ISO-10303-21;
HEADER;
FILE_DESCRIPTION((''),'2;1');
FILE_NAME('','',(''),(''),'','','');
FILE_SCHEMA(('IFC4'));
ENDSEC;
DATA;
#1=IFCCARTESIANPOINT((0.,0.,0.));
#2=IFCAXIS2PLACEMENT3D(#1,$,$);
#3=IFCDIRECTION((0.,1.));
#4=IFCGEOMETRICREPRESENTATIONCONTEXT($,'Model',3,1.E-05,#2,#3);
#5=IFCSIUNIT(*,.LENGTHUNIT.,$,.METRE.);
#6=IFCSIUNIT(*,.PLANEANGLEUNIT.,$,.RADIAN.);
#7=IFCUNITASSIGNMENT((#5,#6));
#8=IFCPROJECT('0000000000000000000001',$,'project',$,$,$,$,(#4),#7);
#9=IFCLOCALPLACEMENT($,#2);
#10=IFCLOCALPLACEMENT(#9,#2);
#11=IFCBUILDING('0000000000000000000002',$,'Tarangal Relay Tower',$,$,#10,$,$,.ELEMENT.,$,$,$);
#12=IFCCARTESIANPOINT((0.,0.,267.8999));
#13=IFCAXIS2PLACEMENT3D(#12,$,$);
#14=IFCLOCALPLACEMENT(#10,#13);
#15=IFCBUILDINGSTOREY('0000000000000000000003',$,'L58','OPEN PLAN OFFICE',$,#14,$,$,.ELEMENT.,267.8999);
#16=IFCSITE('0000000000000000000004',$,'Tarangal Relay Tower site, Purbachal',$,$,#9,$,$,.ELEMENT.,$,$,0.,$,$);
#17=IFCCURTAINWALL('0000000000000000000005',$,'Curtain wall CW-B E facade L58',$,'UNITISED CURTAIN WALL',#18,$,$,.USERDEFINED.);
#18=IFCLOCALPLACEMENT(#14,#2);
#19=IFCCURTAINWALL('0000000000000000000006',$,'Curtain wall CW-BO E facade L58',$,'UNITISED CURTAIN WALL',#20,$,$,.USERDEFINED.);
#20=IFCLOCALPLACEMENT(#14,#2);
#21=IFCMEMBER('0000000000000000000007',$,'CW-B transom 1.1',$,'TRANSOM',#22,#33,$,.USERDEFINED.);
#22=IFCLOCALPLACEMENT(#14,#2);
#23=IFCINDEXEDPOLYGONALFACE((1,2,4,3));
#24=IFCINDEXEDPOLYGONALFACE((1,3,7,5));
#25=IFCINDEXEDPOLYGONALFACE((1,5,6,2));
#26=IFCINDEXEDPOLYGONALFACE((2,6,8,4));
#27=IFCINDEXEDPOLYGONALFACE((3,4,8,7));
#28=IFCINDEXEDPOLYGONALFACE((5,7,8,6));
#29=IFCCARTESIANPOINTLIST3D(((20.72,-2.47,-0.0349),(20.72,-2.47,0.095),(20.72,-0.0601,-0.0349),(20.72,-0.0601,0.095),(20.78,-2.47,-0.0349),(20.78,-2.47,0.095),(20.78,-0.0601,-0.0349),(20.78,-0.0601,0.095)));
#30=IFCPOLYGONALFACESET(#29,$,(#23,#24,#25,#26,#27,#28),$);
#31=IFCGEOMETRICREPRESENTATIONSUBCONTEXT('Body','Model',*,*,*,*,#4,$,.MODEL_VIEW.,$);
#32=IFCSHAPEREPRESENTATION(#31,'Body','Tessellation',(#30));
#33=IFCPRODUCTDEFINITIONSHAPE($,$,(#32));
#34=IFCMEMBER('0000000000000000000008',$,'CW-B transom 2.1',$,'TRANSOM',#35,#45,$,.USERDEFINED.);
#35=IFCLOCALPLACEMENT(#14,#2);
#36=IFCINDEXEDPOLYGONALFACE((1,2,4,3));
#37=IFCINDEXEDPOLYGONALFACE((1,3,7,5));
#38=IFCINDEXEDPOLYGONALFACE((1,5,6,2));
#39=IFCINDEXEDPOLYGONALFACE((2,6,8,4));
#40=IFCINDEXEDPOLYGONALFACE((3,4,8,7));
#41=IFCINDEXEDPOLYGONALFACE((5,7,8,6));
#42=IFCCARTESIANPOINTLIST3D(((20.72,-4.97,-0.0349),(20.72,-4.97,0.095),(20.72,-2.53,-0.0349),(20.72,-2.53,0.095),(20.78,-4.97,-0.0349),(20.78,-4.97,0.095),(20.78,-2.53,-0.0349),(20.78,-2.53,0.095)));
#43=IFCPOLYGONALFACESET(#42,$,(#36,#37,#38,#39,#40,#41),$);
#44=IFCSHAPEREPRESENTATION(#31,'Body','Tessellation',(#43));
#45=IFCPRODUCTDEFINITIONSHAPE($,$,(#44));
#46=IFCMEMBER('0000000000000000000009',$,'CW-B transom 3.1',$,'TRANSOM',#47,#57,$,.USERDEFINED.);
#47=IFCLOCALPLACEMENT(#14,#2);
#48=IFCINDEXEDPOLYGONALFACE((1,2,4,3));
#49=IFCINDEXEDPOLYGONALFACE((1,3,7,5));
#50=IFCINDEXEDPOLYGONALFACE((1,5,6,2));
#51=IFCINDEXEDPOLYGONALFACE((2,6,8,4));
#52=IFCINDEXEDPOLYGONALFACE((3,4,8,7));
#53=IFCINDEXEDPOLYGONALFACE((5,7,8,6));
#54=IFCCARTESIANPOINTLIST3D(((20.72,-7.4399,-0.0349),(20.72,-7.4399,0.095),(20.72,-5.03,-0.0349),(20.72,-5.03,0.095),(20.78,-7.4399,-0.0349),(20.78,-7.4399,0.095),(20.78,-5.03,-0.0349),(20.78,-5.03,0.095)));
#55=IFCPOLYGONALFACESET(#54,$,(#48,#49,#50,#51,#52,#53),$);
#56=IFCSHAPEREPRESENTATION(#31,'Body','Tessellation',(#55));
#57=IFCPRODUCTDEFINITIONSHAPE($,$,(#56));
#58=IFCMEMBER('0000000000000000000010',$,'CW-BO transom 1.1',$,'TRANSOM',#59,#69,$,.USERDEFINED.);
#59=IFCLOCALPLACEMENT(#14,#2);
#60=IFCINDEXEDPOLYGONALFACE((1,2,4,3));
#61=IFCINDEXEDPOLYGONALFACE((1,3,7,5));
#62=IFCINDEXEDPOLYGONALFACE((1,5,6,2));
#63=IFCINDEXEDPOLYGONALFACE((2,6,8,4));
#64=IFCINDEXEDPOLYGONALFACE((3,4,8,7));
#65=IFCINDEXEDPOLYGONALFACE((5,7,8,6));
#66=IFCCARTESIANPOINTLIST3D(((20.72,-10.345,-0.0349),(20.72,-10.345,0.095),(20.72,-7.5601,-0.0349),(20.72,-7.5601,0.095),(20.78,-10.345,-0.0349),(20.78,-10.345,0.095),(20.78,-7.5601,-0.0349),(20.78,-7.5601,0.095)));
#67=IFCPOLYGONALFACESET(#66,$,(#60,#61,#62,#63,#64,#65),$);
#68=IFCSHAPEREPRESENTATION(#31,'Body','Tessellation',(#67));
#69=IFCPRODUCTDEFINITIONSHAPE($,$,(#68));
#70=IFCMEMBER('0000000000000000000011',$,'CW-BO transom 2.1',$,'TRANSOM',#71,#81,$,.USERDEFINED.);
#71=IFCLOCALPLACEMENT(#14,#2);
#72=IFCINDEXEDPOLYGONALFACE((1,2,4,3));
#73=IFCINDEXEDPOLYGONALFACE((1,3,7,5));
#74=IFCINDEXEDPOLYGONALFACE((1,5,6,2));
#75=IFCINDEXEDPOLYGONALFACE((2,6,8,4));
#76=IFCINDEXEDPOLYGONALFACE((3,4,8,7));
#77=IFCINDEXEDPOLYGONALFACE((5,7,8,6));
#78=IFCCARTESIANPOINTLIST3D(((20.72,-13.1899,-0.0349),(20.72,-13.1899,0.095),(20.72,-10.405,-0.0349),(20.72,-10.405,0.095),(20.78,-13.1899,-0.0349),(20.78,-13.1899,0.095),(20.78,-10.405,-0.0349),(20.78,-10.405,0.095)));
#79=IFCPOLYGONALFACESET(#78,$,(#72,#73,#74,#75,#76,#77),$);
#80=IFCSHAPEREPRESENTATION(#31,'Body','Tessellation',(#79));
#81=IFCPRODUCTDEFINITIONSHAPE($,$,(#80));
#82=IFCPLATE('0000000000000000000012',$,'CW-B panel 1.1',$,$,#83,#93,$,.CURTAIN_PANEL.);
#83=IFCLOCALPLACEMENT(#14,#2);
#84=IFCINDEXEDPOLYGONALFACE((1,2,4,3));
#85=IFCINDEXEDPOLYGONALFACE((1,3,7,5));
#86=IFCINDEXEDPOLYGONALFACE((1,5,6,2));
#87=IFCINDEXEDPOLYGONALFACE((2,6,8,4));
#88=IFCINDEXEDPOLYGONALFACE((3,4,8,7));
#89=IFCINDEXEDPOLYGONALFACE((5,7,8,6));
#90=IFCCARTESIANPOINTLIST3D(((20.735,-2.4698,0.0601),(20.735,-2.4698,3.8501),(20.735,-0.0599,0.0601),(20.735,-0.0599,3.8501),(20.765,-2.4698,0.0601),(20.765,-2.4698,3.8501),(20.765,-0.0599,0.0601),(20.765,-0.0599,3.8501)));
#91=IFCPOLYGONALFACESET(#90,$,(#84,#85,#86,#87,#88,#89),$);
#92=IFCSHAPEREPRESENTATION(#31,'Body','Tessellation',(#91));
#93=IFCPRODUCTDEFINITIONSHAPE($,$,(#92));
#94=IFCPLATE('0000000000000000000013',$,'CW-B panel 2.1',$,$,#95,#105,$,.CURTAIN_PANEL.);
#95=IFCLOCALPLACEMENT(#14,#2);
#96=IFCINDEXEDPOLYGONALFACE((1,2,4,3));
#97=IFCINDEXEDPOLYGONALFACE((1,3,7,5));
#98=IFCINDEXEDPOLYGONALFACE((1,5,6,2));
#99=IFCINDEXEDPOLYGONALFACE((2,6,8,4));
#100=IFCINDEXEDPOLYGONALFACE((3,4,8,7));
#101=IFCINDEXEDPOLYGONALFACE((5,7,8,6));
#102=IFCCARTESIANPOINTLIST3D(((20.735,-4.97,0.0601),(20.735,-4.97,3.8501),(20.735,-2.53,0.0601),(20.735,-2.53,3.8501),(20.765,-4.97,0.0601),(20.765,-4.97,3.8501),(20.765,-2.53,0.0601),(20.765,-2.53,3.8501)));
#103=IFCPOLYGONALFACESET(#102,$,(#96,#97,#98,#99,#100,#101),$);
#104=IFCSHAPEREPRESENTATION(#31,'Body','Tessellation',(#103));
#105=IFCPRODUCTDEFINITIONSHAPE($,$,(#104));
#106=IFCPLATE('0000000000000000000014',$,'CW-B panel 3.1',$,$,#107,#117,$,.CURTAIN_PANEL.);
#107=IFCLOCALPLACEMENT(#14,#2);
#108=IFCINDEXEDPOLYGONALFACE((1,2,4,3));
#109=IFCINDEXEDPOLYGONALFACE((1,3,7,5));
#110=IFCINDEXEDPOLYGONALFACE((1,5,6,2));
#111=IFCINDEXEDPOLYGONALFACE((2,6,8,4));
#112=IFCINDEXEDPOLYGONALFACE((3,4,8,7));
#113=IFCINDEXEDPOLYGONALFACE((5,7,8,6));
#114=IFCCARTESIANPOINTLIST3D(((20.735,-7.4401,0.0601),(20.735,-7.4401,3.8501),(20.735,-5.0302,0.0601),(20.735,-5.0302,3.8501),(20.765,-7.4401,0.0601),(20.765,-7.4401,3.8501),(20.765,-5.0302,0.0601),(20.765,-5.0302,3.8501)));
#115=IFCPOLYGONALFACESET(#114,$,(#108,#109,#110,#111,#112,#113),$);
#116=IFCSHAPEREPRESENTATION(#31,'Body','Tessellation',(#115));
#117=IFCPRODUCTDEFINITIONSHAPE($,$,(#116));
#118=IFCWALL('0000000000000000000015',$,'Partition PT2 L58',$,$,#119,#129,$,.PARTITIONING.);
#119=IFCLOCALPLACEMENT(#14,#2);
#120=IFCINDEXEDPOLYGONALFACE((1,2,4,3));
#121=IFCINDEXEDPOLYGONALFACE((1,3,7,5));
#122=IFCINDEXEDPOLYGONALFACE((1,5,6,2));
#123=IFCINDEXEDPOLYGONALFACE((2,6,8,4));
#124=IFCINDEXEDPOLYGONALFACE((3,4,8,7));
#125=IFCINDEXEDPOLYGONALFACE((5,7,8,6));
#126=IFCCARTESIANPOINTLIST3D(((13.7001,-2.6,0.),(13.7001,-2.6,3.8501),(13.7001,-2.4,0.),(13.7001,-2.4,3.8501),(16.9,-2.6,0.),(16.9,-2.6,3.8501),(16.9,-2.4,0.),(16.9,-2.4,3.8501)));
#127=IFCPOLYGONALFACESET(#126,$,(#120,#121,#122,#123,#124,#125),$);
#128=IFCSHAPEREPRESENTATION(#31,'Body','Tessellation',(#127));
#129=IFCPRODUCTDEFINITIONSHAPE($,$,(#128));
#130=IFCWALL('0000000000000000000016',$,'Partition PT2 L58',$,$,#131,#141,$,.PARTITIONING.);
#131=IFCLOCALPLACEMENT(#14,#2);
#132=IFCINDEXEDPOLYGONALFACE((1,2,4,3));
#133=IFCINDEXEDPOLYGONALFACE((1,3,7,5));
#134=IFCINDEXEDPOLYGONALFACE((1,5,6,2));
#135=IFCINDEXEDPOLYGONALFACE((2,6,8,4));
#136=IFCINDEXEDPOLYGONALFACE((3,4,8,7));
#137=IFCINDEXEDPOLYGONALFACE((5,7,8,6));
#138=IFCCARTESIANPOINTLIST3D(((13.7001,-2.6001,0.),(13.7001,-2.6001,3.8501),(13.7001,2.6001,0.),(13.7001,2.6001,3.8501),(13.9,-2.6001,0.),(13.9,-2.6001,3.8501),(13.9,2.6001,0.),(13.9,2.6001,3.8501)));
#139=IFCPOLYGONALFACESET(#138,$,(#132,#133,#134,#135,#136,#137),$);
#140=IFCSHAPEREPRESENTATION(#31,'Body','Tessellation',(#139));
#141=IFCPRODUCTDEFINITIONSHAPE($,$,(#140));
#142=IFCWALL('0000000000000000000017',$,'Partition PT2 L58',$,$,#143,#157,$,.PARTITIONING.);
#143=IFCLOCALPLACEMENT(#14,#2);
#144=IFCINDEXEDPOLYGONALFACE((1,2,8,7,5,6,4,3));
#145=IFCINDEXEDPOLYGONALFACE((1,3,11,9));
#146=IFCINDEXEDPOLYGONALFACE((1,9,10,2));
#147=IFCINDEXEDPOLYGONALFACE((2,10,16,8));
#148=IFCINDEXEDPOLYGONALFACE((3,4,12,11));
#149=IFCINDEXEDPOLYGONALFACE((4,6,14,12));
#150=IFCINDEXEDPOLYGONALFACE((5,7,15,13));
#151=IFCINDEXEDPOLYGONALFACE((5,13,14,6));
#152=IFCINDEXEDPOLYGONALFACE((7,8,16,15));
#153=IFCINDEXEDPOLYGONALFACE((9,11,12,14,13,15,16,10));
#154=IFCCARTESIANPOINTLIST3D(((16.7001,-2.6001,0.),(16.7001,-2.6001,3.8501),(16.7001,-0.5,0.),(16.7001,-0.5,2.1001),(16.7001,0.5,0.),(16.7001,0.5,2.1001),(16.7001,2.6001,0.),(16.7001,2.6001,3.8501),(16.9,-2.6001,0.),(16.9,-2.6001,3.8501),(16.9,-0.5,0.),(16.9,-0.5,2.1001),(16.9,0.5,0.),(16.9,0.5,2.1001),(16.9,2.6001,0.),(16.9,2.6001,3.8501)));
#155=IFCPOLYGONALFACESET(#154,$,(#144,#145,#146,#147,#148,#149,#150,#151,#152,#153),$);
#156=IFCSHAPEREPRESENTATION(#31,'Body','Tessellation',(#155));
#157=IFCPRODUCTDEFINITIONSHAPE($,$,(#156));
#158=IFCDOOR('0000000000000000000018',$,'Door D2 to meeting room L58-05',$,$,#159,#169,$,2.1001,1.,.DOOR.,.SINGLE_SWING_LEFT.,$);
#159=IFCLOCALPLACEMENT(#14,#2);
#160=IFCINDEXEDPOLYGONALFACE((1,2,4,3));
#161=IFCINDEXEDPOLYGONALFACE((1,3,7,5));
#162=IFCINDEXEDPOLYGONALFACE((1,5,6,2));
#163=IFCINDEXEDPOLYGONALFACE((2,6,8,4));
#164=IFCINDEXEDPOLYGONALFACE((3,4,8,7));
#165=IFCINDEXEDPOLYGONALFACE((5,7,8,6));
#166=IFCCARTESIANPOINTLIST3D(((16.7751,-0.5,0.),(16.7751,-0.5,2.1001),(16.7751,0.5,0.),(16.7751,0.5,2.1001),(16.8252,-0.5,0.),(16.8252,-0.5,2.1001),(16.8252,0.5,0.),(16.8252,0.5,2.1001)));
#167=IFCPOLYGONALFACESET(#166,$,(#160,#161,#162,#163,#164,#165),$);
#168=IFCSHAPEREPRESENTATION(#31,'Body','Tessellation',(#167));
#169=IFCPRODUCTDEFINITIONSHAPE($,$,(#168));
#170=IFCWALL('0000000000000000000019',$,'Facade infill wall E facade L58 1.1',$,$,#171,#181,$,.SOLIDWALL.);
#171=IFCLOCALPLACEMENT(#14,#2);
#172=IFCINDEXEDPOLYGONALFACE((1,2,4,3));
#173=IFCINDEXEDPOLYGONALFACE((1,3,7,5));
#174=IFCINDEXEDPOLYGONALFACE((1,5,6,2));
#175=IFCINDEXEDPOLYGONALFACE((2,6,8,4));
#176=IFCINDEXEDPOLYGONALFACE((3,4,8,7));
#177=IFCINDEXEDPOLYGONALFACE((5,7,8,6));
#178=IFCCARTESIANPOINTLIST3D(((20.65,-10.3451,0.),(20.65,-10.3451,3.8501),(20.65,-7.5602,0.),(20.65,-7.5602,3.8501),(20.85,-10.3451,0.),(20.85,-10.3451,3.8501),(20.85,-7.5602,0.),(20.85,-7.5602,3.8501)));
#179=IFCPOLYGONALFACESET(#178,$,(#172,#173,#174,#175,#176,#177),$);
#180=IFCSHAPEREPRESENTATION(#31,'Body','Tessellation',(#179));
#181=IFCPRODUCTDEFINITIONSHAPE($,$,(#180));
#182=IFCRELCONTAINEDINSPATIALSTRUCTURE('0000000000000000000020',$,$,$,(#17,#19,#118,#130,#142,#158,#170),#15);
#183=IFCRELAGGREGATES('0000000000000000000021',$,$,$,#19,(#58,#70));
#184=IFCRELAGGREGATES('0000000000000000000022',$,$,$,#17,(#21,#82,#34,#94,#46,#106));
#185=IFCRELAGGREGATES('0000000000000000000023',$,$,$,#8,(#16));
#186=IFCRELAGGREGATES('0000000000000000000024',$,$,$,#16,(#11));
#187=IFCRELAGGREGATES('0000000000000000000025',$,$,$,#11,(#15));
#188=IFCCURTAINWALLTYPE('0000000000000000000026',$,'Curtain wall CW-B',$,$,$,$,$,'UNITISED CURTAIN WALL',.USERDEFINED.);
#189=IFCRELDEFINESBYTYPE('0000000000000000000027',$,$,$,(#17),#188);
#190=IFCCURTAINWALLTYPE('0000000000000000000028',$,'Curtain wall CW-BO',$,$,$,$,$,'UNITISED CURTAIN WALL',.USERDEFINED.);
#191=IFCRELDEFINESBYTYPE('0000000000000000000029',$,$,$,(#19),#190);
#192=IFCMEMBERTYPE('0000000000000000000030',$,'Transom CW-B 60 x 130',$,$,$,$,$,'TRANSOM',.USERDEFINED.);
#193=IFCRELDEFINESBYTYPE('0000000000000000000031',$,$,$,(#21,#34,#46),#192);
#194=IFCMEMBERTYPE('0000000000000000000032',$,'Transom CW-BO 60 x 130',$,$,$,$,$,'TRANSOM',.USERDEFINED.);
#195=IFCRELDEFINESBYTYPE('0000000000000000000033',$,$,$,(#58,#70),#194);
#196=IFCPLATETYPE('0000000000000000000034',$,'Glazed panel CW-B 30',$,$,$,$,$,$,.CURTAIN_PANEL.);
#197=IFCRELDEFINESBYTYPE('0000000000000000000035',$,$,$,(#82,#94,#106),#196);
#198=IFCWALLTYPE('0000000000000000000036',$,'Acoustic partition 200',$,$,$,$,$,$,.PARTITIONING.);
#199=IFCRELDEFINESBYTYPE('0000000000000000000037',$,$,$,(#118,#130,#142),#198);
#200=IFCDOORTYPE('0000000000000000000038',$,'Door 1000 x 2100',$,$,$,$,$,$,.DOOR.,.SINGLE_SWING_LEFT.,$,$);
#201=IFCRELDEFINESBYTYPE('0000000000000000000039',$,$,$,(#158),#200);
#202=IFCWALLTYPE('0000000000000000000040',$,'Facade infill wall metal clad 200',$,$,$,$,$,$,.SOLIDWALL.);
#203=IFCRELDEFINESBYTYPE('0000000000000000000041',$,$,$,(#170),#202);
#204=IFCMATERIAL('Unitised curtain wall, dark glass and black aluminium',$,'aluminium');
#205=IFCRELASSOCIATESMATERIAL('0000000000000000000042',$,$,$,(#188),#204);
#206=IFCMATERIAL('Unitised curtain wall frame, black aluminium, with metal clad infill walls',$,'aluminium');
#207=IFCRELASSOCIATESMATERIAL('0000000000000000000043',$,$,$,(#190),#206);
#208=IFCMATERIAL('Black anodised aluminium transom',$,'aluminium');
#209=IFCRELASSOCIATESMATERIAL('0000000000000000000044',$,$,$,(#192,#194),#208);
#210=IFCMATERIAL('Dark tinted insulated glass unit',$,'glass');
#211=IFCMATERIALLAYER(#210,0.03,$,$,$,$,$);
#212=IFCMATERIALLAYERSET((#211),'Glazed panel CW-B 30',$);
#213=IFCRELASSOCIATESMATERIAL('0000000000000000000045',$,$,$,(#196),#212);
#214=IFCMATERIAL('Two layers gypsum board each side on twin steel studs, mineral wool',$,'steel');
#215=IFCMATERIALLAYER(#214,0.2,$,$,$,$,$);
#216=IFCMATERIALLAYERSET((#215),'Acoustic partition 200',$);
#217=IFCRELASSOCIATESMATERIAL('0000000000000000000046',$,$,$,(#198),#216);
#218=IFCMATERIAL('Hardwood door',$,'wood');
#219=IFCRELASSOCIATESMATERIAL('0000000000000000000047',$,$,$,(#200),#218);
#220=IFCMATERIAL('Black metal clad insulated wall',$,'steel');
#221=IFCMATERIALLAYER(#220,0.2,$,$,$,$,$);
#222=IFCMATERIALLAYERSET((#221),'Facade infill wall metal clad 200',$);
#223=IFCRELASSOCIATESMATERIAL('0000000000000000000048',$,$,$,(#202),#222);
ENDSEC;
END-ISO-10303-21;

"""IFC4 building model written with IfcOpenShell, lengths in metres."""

from ifc_helpers import new_model, si_unit, direction, frame, frame_2d, origin, origin_2d, place, context, subcontext, project, spatial, rectangle, extrude, material, layer, layer_set, material_profile, profile_set, type_object, element, fill, aggregate, save


model = new_model("IFC4")

# Units and contexts
model_context = context("Model", 3, precision=1e-05, world=origin(), true_north=direction((0.0, 1.0)))
body_context = subcontext(model_context, "Body", "Model", "MODEL_VIEW")
ifc_project = project(units=[si_unit("LENGTHUNIT", "METRE"), si_unit("PLANEANGLEUNIT", "RADIAN")], contexts=[model_context])

# Site, building, storey
site_placement = place(None, origin())
site = spatial("IfcSite", under=ifc_project, at=site_placement, Name="Tarangal Relay Tower site, Purbachal", CompositionType="ELEMENT", RefElevation=0.0)
building_placement = place(site_placement, origin())
building = spatial("IfcBuilding", under=site, at=building_placement, Name="Tarangal Relay Tower", CompositionType="ELEMENT")
storey_placement = place(building_placement, frame((0.0, 0.0, 267.8999)))
storey = spatial("IfcBuildingStorey", under=building, at=storey_placement, Name="L58", Description="OPEN PLAN OFFICE", CompositionType="ELEMENT", Elevation=267.8999)

# Curtain walls
ifc_material_1 = material(Name="Unitised curtain wall, dark glass and black aluminium", Category="aluminium")
curtain_wall_type_1 = type_object("IfcCurtainWallType", Name="Curtain wall CW-B", ElementType="UNITISED CURTAIN WALL", PredefinedType="USERDEFINED", material=ifc_material_1)
curtain_wall_1_placement = place(storey_placement, origin())
curtain_wall_1 = element("IfcCurtainWall", 1, at=curtain_wall_1_placement, inside=storey, type_object=curtain_wall_type_1, Name="Curtain wall CW-B E facade L58", ObjectType="UNITISED CURTAIN WALL", PredefinedType="USERDEFINED")
ifc_material_2 = material(Name="Unitised curtain wall frame, black aluminium, with metal clad infill walls", Category="aluminium")
curtain_wall_type_2 = type_object("IfcCurtainWallType", Name="Curtain wall CW-BO", ElementType="UNITISED CURTAIN WALL", PredefinedType="USERDEFINED", material=ifc_material_2)
curtain_wall_2_placement = place(storey_placement, origin())
curtain_wall_2 = element("IfcCurtainWall", 2, at=curtain_wall_2_placement, inside=storey, type_object=curtain_wall_type_2, Name="Curtain wall CW-BO E facade L58", ObjectType="UNITISED CURTAIN WALL", PredefinedType="USERDEFINED")

# Members
ifc_material_3 = material(Name="Black anodised aluminium transom", Category="aluminium")
ifc_material_profile_1 = material_profile(ifc_material_3, rectangle(XDim=0.0601, YDim=0.1299, at=origin_2d()), Name="CW-BT 60X130")
ifc_profile_set_1 = profile_set([ifc_material_profile_1], Name="Black anodised aluminium transom")
member_type_1 = type_object("IfcMemberType", Name="Transom CW-B 60 x 130", ElementType="TRANSOM", PredefinedType="USERDEFINED", material=ifc_profile_set_1)
member_1_placement = place(storey_placement, frame((20.75, -0.0601, 0.03), z_axis=(0.0, -1.0, 0.0), x_axis=(1.0, 0.0, 0.0)))
member_1 = element("IfcMember", 3, at=member_1_placement, type_object=member_type_1, Name="CW-B transom 1.1", ObjectType="TRANSOM", PredefinedType="USERDEFINED", context=body_context, shape_type="SweptSolid", body=[
    extrude(rectangle(XDim=0.0601, YDim=0.1299, at=origin_2d()), origin(), (0.0, 0.0, 1.0), 2.4099),
])
member_2_placement = place(storey_placement, frame((20.75, -2.53, 0.03), z_axis=(0.0, -1.0, 0.0), x_axis=(1.0, 0.0, 0.0)))
member_2 = element("IfcMember", 4, at=member_2_placement, type_object=member_type_1, Name="CW-B transom 2.1", ObjectType="TRANSOM", PredefinedType="USERDEFINED", context=body_context, shape_type="SweptSolid", body=[
    extrude(rectangle(XDim=0.0601, YDim=0.1299, at=origin_2d()), origin(), (0.0, 0.0, 1.0), 2.4399),
])
member_3_placement = place(storey_placement, frame((20.75, -5.03, 0.03), z_axis=(0.0, -1.0, 0.0), x_axis=(1.0, 0.0, 0.0)))
member_3 = element("IfcMember", 5, at=member_3_placement, type_object=member_type_1, Name="CW-B transom 3.1", ObjectType="TRANSOM", PredefinedType="USERDEFINED", context=body_context, shape_type="SweptSolid", body=[
    extrude(rectangle(XDim=0.0601, YDim=0.1299, at=origin_2d()), origin(), (0.0, 0.0, 1.0), 2.4099),
])
ifc_material_profile_2 = material_profile(ifc_material_3, rectangle(XDim=0.0601, YDim=0.1299, at=origin_2d()), Name="CW-BOT 60X130")
ifc_profile_set_2 = profile_set([ifc_material_profile_2], Name="Black anodised aluminium transom")
member_type_2 = type_object("IfcMemberType", Name="Transom CW-BO 60 x 130", ElementType="TRANSOM", PredefinedType="USERDEFINED", material=ifc_profile_set_2)
member_4_placement = place(storey_placement, frame((20.75, -7.5601, 0.03), z_axis=(0.0, -1.0, 0.0), x_axis=(1.0, 0.0, 0.0)))
member_4 = element("IfcMember", 6, at=member_4_placement, type_object=member_type_2, Name="CW-BO transom 1.1", ObjectType="TRANSOM", PredefinedType="USERDEFINED", context=body_context, shape_type="SweptSolid", body=[
    extrude(rectangle(XDim=0.0601, YDim=0.1299, at=origin_2d()), origin(), (0.0, 0.0, 1.0), 2.7849),
])
member_5_placement = place(storey_placement, frame((20.75, -10.405, 0.03), z_axis=(0.0, -1.0, 0.0), x_axis=(1.0, 0.0, 0.0)))
member_5 = element("IfcMember", 7, at=member_5_placement, type_object=member_type_2, Name="CW-BO transom 2.1", ObjectType="TRANSOM", PredefinedType="USERDEFINED", context=body_context, shape_type="SweptSolid", body=[
    extrude(rectangle(XDim=0.0601, YDim=0.1299, at=origin_2d()), origin(), (0.0, 0.0, 1.0), 2.7849),
])
aggregate(curtain_wall_2, [member_4, member_5])

# Plates
ifc_material_4 = material(Name="Dark tinted insulated glass unit", Category="glass")
ifc_layer_1 = layer(ifc_material_4, 0.03)
ifc_layer_set_1 = layer_set([ifc_layer_1], Name="Glazed panel CW-B 30")
plate_type = type_object("IfcPlateType", Name="Glazed panel CW-B 30", PredefinedType="CURTAIN_PANEL", material=ifc_layer_set_1)
plate_1_placement = place(storey_placement, frame((20.75, -1.2649, 0.0601), z_axis=(0.0, 0.0, 1.0), x_axis=(0.0, -1.0, 0.0)))
plate_1 = element("IfcPlate", 8, at=plate_1_placement, type_object=plate_type, Name="CW-B panel 1.1", PredefinedType="CURTAIN_PANEL", context=body_context, shape_type="SweptSolid", body=[
    extrude(rectangle(XDim=2.4099, YDim=0.03, at=origin_2d()), origin(), (0.0, 0.0, 1.0), 3.79),
])
plate_2_placement = place(storey_placement, frame((20.75, -3.75, 0.0601), z_axis=(0.0, 0.0, 1.0), x_axis=(0.0, -1.0, 0.0)))
plate_2 = element("IfcPlate", 9, at=plate_2_placement, type_object=plate_type, Name="CW-B panel 2.1", PredefinedType="CURTAIN_PANEL", context=body_context, shape_type="SweptSolid", body=[
    extrude(rectangle(XDim=2.4399, YDim=0.03, at=origin_2d()), origin(), (0.0, 0.0, 1.0), 3.79),
])
plate_3_placement = place(storey_placement, frame((20.75, -6.2351, 0.0601), z_axis=(0.0, 0.0, 1.0), x_axis=(0.0, -1.0, 0.0)))
plate_3 = element("IfcPlate", 10, at=plate_3_placement, type_object=plate_type, Name="CW-B panel 3.1", PredefinedType="CURTAIN_PANEL", context=body_context, shape_type="SweptSolid", body=[
    extrude(rectangle(XDim=2.4099, YDim=0.03, at=origin_2d()), origin(), (0.0, 0.0, 1.0), 3.79),
])
aggregate(curtain_wall_1, [member_1, plate_1, member_2, plate_2, member_3, plate_3])

# Walls
ifc_material_5 = material(Name="Two layers gypsum board each side on twin steel studs, mineral wool", Category="steel")
ifc_layer_2 = layer(ifc_material_5, 0.2)
ifc_layer_set_2 = layer_set([ifc_layer_2], Name="Acoustic partition 200")
wall_type_1 = type_object("IfcWallType", Name="Acoustic partition 200", PredefinedType="PARTITIONING", material=ifc_layer_set_2)
wall_1_placement = place(storey_placement, frame((13.7, -2.5, 0.0), z_axis=(0.0, 0.0, 1.0), x_axis=(1.0, 0.0, 0.0)))
element("IfcWall", 11, at=wall_1_placement, inside=storey, type_object=wall_type_1, Name="Partition PT2 L58", PredefinedType="PARTITIONING", context=body_context, shape_type="SweptSolid", body=[
    extrude(rectangle(XDim=3.2, YDim=0.2, at=frame_2d((1.6001, 0.0))), origin(), (0.0, 0.0, 1.0), 3.8501),
])
wall_2_placement = place(storey_placement, frame((13.8, -2.6001, 0.0), z_axis=(0.0, 0.0, 1.0), x_axis=(0.0, 1.0, 0.0)))
element("IfcWall", 12, at=wall_2_placement, inside=storey, type_object=wall_type_1, Name="Partition PT2 L58", PredefinedType="PARTITIONING", context=body_context, shape_type="SweptSolid", body=[
    extrude(rectangle(XDim=5.2002, YDim=0.2, at=frame_2d((2.6001, 0.0))), origin(), (0.0, 0.0, 1.0), 3.8501),
])

# Wall, opening, door
wall_3_placement = place(storey_placement, frame((16.8, -2.6001, 0.0), z_axis=(0.0, 0.0, 1.0), x_axis=(0.0, 1.0, 0.0)))
wall_3 = element("IfcWall", 13, at=wall_3_placement, inside=storey, type_object=wall_type_1, Name="Partition PT2 L58", PredefinedType="PARTITIONING", context=body_context, shape_type="SweptSolid", body=[
    extrude(rectangle(XDim=5.2002, YDim=0.2, at=frame_2d((2.6001, 0.0))), origin(), (0.0, 0.0, 1.0), 3.8501),
])
opening_placement = place(wall_3_placement, frame((2.1001, 0.0, 0.0)))
opening = element("IfcOpeningElement", 14, at=opening_placement, cuts=wall_3, PredefinedType="OPENING", context=body_context, shape_type="SweptSolid", body=[
    extrude(rectangle(XDim=1.0, YDim=2.1001, at=frame_2d((0.5, 1.05))), frame((0.0, 0.1099, 0.0), z_axis=(0.0, -1.0, 0.0), x_axis=(1.0, 0.0, 0.0)), (0.0, 0.0, 1.0), 0.22),
])
ifc_material_6 = material(Name="Hardwood door", Category="wood")
door_type = type_object("IfcDoorType", Name="Door 1000 x 2100", OperationType="SINGLE_SWING_LEFT", PredefinedType="DOOR", material=ifc_material_6)
door_placement = place(opening_placement, origin())
door = element("IfcDoor", 15, at=door_placement, inside=storey, type_object=door_type, Name="Door D2 to meeting room L58-05", OperationType="SINGLE_SWING_LEFT", OverallHeight=2.1001, OverallWidth=1.0, PredefinedType="DOOR", context=body_context, shape_type="SweptSolid", body=[
    extrude(rectangle(XDim=1.0, YDim=2.1001, at=frame_2d((0.5, 1.05))), frame((0.0, 0.0249, 0.0), z_axis=(0.0, -1.0, 0.0), x_axis=(1.0, 0.0, 0.0)), (0.0, 0.0, 1.0), 0.05),
])
fill(opening, door)

# Wall
ifc_material_7 = material(Name="Black metal clad insulated wall", Category="steel")
ifc_layer_3 = layer(ifc_material_7, 0.2)
ifc_layer_set_3 = layer_set([ifc_layer_3], Name="Facade infill wall metal clad 200")
wall_type_2 = type_object("IfcWallType", Name="Facade infill wall metal clad 200", PredefinedType="SOLIDWALL", material=ifc_layer_set_3)
for number, where, z_axis, x_axis, name in (
    (16, (20.75, -7.5601, 0.0), (0.0, 0.0, 1.0), (0.0, -1.0, 0.0), "Facade infill wall E facade L58 1.1"),
):
    element("IfcWall", number, at=place(storey_placement, frame(where, z_axis=z_axis, x_axis=x_axis)), inside=storey, type_object=wall_type_2, Name=name, PredefinedType="SOLIDWALL", context=body_context, shape_type="SweptSolid", body=[
        extrude(rectangle(XDim=2.7849, YDim=0.2, at=frame_2d((1.3926, 0.0))), origin(), (0.0, 0.0, 1.0), 3.8501),
    ])

save(model, "model.ifc")
